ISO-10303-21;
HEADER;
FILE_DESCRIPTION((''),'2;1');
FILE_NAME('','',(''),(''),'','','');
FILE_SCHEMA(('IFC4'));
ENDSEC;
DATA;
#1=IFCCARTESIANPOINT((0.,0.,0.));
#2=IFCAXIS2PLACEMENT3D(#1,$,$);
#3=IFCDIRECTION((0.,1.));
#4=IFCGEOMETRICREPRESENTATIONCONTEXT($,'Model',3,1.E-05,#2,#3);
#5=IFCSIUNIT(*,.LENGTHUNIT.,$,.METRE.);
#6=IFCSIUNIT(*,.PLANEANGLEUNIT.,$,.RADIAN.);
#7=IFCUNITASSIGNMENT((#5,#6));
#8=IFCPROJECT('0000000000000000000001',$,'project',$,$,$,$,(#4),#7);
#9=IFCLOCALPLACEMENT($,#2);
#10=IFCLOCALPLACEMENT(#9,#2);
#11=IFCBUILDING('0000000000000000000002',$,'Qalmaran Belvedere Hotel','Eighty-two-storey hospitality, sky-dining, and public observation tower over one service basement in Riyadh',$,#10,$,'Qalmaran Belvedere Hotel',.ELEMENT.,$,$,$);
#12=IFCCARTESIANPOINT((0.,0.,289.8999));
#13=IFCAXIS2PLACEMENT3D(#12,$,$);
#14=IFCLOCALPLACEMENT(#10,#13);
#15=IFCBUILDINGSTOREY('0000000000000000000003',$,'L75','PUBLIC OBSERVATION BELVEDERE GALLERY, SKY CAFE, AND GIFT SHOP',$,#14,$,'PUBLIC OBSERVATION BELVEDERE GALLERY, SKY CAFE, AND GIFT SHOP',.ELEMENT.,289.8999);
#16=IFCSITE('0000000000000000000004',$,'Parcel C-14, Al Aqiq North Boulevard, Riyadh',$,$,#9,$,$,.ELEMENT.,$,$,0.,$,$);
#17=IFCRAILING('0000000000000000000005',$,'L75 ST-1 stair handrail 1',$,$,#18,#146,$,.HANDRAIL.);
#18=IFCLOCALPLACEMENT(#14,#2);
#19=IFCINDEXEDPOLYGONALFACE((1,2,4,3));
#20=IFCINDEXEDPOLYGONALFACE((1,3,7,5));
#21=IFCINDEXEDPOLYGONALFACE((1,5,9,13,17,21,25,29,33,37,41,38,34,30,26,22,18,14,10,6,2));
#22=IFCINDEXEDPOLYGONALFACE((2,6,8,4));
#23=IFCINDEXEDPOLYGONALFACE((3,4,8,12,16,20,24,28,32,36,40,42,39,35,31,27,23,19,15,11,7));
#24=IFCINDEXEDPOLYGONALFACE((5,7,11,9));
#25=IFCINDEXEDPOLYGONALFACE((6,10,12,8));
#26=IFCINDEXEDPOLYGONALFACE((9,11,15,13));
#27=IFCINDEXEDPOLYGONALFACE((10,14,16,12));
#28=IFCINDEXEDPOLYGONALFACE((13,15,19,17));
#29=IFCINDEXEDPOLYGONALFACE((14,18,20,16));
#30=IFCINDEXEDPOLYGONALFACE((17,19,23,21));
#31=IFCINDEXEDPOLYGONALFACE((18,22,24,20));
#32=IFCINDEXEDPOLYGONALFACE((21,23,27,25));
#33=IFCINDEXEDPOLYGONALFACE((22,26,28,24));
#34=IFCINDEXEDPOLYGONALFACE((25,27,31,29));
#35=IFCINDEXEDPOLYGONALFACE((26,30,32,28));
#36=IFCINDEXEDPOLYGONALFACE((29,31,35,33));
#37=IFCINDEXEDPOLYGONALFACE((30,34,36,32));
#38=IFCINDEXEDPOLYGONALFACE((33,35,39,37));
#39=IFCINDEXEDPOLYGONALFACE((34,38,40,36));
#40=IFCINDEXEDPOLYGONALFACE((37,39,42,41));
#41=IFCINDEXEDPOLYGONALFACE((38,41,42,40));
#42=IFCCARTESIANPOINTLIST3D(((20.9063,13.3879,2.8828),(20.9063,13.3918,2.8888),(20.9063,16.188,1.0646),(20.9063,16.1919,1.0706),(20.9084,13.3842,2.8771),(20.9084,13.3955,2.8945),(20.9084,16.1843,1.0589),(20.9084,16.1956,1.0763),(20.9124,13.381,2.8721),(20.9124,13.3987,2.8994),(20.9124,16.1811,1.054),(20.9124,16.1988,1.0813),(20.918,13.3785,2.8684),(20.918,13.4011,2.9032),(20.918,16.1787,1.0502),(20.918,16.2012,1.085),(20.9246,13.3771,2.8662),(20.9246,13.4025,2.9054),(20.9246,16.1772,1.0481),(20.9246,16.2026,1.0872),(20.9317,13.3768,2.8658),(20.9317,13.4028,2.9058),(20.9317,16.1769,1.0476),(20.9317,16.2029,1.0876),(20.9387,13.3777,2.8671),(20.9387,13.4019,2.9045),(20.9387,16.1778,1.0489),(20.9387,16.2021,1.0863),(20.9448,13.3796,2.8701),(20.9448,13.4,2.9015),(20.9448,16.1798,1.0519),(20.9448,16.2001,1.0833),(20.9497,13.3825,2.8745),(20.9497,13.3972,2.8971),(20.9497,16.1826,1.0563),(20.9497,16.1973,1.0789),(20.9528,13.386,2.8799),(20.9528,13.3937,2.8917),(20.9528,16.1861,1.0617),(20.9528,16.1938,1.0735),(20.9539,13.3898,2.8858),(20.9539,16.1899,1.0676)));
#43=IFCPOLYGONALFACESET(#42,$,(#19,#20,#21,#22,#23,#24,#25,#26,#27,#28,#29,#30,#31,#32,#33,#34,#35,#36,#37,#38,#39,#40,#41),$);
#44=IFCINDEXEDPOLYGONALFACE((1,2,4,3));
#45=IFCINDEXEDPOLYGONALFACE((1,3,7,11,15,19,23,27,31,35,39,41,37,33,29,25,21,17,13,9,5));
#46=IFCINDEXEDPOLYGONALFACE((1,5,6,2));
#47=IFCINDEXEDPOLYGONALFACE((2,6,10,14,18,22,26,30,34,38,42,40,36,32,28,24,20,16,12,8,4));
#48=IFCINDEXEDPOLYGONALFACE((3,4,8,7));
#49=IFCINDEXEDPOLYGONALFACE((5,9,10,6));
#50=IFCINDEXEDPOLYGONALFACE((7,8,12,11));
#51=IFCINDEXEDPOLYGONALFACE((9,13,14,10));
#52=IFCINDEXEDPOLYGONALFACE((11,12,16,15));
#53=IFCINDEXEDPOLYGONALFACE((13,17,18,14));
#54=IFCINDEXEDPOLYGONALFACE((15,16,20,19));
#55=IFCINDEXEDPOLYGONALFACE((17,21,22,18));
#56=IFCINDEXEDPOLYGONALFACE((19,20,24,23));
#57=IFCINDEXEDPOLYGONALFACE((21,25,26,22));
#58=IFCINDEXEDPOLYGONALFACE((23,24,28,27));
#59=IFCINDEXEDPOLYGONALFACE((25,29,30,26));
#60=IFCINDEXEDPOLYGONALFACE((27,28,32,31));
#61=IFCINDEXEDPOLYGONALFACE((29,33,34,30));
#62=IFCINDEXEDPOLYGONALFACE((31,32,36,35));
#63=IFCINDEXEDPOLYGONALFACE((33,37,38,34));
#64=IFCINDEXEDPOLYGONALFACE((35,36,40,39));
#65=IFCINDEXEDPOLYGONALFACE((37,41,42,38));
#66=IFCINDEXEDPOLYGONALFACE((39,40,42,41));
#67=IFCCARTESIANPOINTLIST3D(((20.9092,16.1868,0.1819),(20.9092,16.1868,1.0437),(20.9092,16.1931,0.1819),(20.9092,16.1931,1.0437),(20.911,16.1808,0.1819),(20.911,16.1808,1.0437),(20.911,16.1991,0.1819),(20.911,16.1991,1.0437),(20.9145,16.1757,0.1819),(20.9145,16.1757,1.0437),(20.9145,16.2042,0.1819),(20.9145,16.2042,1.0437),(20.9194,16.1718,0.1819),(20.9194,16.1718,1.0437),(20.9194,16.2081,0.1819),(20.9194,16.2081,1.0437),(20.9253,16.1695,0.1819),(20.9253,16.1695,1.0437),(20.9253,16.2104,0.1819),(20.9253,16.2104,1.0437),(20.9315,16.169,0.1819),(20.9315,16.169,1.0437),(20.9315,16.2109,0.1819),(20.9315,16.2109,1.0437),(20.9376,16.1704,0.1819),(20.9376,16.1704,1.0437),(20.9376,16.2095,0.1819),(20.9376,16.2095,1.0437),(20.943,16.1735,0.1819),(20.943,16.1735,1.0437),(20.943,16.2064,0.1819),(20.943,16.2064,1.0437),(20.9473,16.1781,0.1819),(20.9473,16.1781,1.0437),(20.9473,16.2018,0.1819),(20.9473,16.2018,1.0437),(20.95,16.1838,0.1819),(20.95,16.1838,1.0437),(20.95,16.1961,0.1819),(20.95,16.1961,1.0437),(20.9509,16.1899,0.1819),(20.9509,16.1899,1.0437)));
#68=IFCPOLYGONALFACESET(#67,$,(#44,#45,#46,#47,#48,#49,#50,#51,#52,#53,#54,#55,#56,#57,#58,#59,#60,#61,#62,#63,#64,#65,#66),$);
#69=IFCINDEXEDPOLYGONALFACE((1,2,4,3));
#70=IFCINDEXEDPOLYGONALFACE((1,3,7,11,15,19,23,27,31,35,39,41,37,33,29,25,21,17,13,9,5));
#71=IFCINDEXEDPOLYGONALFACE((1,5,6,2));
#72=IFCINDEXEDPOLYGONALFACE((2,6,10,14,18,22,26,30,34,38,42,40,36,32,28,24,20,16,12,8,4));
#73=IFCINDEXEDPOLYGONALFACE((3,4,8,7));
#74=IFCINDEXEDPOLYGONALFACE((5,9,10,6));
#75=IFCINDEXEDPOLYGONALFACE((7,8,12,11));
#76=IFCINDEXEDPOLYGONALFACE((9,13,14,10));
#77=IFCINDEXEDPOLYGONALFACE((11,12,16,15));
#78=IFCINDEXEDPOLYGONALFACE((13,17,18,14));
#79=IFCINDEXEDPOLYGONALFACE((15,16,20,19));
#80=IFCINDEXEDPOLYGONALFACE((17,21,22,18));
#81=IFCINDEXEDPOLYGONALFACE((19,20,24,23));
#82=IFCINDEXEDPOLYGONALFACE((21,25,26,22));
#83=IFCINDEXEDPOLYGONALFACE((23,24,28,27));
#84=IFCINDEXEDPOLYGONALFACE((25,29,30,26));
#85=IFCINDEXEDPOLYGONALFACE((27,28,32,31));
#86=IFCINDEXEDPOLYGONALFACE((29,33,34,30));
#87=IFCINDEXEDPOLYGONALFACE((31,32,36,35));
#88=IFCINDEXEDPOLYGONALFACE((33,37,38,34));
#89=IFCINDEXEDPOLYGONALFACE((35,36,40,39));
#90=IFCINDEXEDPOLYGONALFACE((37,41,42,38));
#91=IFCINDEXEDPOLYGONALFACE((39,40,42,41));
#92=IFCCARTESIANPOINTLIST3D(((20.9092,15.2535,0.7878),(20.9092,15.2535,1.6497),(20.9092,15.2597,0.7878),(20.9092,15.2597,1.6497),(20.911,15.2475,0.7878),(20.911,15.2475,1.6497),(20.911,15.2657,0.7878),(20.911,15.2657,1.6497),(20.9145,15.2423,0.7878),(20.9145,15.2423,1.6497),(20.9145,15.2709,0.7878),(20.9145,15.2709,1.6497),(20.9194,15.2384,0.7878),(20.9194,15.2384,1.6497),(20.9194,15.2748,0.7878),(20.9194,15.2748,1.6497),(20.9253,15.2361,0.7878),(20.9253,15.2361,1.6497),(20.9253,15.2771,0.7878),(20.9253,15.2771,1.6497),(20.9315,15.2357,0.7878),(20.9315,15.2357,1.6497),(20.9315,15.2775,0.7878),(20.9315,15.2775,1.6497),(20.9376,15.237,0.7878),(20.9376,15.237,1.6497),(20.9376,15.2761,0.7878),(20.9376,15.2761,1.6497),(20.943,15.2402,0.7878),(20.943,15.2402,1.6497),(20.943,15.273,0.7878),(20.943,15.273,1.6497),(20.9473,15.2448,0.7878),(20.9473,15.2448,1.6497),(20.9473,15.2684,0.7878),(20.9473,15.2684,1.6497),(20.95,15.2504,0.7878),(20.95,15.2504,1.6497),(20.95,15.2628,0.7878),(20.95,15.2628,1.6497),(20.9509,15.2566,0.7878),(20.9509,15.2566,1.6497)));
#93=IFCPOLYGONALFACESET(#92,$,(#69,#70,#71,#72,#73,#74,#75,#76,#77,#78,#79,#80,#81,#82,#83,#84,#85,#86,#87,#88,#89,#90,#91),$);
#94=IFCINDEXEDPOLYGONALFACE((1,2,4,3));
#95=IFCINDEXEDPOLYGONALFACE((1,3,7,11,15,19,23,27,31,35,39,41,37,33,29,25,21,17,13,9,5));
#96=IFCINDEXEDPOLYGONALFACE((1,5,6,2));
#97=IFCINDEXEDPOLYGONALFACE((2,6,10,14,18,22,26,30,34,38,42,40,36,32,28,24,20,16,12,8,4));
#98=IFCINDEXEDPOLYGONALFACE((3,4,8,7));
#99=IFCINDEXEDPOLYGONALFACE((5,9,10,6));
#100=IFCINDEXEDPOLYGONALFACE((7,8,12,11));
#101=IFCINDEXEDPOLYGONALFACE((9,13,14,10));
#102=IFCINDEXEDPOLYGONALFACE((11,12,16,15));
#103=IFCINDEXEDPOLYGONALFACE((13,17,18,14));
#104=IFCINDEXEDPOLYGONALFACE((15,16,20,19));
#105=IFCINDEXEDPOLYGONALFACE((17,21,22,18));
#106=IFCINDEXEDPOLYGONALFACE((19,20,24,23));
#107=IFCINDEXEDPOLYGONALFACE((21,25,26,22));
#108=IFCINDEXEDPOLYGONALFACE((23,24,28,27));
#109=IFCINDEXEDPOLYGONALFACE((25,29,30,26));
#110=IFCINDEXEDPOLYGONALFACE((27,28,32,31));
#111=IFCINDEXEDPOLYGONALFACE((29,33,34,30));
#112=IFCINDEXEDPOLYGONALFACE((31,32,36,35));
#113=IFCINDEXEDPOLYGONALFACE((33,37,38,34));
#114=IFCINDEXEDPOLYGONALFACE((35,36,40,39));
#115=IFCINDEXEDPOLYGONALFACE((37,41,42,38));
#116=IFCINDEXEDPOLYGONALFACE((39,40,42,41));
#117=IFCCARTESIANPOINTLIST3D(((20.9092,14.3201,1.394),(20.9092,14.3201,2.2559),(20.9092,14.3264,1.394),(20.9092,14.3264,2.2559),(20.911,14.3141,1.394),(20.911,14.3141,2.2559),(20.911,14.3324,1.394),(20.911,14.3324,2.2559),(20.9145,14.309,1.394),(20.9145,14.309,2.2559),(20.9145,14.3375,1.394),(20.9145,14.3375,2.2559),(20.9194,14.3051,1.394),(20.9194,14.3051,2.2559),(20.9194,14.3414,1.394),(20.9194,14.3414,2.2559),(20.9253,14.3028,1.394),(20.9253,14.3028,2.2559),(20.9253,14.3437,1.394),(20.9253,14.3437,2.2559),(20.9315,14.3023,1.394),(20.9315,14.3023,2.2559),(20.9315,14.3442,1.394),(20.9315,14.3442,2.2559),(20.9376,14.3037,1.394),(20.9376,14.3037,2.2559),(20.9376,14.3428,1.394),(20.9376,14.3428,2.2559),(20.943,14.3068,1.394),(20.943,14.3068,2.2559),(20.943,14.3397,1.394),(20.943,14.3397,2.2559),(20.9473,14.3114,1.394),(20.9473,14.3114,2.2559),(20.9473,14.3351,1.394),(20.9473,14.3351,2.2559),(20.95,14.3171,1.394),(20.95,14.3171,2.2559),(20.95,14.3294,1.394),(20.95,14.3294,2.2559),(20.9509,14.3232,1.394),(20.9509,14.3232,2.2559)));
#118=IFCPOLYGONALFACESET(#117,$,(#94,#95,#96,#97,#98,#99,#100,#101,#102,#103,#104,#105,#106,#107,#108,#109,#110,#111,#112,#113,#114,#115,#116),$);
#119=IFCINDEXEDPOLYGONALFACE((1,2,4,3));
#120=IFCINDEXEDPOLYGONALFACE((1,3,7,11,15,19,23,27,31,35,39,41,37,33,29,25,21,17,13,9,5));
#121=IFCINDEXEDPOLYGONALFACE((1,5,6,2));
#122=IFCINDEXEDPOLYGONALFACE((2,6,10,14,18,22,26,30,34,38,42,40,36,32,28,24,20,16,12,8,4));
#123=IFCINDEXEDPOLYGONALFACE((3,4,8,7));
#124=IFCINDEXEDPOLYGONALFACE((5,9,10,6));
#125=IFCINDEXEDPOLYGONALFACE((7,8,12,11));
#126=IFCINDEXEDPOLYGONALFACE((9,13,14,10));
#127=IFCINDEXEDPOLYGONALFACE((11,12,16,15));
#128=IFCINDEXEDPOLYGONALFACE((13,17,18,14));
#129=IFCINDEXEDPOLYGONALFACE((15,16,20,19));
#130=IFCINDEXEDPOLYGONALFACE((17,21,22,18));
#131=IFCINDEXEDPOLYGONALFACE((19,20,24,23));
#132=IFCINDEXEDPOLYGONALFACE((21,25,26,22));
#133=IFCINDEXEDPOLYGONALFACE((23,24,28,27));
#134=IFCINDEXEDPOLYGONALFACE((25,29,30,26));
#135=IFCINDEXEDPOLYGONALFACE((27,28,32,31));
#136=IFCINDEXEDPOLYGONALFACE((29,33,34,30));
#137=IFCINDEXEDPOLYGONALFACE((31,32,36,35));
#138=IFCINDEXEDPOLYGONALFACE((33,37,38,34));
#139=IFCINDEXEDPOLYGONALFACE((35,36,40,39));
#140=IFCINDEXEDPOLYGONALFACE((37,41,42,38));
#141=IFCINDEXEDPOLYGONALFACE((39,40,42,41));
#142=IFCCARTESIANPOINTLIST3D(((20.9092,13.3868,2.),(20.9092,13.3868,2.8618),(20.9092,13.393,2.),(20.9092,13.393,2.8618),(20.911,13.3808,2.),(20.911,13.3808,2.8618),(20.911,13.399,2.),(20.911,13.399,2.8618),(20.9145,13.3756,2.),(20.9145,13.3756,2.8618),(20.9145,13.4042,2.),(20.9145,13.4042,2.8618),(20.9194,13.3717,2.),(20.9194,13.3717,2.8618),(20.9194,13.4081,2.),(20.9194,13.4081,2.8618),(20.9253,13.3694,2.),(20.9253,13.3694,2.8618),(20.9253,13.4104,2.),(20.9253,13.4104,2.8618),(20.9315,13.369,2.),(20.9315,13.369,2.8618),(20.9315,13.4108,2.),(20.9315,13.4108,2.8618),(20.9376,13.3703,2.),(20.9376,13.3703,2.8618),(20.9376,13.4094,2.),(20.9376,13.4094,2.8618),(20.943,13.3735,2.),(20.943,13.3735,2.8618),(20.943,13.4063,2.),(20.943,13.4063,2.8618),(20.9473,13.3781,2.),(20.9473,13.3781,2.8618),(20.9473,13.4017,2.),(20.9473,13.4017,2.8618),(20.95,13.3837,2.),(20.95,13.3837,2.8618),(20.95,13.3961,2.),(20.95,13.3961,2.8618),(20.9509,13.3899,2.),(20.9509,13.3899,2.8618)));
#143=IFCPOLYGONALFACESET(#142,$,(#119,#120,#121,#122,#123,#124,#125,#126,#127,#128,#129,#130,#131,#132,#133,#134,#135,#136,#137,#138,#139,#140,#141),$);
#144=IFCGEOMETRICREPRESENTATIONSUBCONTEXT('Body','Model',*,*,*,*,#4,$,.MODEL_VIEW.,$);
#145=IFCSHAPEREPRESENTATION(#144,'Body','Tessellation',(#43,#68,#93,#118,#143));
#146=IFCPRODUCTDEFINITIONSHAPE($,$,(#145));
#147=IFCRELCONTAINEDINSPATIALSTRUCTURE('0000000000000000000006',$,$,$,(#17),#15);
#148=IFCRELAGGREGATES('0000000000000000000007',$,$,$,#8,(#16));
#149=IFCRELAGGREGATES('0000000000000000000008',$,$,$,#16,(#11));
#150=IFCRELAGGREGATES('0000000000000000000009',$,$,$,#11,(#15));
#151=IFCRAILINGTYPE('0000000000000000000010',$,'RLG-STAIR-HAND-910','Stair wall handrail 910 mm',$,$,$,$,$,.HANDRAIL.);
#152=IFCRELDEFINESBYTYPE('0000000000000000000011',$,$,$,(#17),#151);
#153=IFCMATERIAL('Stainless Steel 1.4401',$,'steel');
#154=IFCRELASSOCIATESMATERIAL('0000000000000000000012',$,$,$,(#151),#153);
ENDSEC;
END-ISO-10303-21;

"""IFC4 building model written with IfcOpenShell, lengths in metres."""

from ifc_helpers import new_model, si_unit, direction, frame, origin, origin_2d, place, context, subcontext, project, spatial, circle, extrude, material, type_object, element, save


model = new_model("IFC4")

# Units and contexts
model_context = context("Model", 3, precision=1e-05, world=origin(), true_north=direction((0.0, 1.0)))
body_context = subcontext(model_context, "Body", "Model", "MODEL_VIEW")
ifc_project = project(units=[si_unit("LENGTHUNIT", "METRE"), si_unit("PLANEANGLEUNIT", "RADIAN")], contexts=[model_context])

# Site, building, storey
site_placement = place(None, origin())
site = spatial("IfcSite", under=ifc_project, at=site_placement, Name="Parcel C-14, Al Aqiq North Boulevard, Riyadh", CompositionType="ELEMENT", RefElevation=0.0)
building_placement = place(site_placement, origin())
building = spatial("IfcBuilding", under=site, at=building_placement, Name="Qalmaran Belvedere Hotel", Description="Eighty-two-storey hospitality, sky-dining, and public observation tower over one service basement in Riyadh", LongName="Qalmaran Belvedere Hotel", CompositionType="ELEMENT")
storey_placement = place(building_placement, frame((0.0, 0.0, 289.8999)))
storey = spatial("IfcBuildingStorey", under=building, at=storey_placement, Name="L75", Description="PUBLIC OBSERVATION BELVEDERE GALLERY, SKY CAFE, AND GIFT SHOP", LongName="PUBLIC OBSERVATION BELVEDERE GALLERY, SKY CAFE, AND GIFT SHOP", CompositionType="ELEMENT", Elevation=289.8999)

# Railing
ifc_material_1 = material(Name="Stainless Steel 1.4401", Category="steel")
railing_type_1 = type_object("IfcRailingType", Name="RLG-STAIR-HAND-910", Description="Stair wall handrail 910 mm", PredefinedType="HANDRAIL", material=ifc_material_1)
railing_1_placement = place(storey_placement, frame((20.9299, 16.1899, 0.1819)))
element("IfcRailing", 1, at=railing_1_placement, inside=storey, type_object=railing_type_1, Name="L75 ST-1 stair handrail 1", PredefinedType="HANDRAIL", context=body_context, shape_type="SweptSolid", body=[
    extrude(circle(Radius=0.0239, at=origin_2d()), frame((0.0, 0.0, 0.8857), z_axis=(0.0, -0.838706, 0.544585), x_axis=(1.0, 0.0, 0.0)), (0.0, 0.0, 1.0), 3.3386),
    extrude(circle(Radius=0.021, at=origin_2d()), origin(), (0.0, 0.0, 1.0), 0.8618),
    extrude(circle(Radius=0.021, at=origin_2d()), frame((0.0, -0.9333, 0.606)), (0.0, 0.0, 1.0), 0.8618),
    extrude(circle(Radius=0.021, at=origin_2d()), frame((0.0, -1.8667, 1.2122)), (0.0, 0.0, 1.0), 0.8618),
    extrude(circle(Radius=0.021, at=origin_2d()), frame((0.0, -2.8, 1.8181)), (0.0, 0.0, 1.0), 0.8618),
])

save(model, "model.ifc")
